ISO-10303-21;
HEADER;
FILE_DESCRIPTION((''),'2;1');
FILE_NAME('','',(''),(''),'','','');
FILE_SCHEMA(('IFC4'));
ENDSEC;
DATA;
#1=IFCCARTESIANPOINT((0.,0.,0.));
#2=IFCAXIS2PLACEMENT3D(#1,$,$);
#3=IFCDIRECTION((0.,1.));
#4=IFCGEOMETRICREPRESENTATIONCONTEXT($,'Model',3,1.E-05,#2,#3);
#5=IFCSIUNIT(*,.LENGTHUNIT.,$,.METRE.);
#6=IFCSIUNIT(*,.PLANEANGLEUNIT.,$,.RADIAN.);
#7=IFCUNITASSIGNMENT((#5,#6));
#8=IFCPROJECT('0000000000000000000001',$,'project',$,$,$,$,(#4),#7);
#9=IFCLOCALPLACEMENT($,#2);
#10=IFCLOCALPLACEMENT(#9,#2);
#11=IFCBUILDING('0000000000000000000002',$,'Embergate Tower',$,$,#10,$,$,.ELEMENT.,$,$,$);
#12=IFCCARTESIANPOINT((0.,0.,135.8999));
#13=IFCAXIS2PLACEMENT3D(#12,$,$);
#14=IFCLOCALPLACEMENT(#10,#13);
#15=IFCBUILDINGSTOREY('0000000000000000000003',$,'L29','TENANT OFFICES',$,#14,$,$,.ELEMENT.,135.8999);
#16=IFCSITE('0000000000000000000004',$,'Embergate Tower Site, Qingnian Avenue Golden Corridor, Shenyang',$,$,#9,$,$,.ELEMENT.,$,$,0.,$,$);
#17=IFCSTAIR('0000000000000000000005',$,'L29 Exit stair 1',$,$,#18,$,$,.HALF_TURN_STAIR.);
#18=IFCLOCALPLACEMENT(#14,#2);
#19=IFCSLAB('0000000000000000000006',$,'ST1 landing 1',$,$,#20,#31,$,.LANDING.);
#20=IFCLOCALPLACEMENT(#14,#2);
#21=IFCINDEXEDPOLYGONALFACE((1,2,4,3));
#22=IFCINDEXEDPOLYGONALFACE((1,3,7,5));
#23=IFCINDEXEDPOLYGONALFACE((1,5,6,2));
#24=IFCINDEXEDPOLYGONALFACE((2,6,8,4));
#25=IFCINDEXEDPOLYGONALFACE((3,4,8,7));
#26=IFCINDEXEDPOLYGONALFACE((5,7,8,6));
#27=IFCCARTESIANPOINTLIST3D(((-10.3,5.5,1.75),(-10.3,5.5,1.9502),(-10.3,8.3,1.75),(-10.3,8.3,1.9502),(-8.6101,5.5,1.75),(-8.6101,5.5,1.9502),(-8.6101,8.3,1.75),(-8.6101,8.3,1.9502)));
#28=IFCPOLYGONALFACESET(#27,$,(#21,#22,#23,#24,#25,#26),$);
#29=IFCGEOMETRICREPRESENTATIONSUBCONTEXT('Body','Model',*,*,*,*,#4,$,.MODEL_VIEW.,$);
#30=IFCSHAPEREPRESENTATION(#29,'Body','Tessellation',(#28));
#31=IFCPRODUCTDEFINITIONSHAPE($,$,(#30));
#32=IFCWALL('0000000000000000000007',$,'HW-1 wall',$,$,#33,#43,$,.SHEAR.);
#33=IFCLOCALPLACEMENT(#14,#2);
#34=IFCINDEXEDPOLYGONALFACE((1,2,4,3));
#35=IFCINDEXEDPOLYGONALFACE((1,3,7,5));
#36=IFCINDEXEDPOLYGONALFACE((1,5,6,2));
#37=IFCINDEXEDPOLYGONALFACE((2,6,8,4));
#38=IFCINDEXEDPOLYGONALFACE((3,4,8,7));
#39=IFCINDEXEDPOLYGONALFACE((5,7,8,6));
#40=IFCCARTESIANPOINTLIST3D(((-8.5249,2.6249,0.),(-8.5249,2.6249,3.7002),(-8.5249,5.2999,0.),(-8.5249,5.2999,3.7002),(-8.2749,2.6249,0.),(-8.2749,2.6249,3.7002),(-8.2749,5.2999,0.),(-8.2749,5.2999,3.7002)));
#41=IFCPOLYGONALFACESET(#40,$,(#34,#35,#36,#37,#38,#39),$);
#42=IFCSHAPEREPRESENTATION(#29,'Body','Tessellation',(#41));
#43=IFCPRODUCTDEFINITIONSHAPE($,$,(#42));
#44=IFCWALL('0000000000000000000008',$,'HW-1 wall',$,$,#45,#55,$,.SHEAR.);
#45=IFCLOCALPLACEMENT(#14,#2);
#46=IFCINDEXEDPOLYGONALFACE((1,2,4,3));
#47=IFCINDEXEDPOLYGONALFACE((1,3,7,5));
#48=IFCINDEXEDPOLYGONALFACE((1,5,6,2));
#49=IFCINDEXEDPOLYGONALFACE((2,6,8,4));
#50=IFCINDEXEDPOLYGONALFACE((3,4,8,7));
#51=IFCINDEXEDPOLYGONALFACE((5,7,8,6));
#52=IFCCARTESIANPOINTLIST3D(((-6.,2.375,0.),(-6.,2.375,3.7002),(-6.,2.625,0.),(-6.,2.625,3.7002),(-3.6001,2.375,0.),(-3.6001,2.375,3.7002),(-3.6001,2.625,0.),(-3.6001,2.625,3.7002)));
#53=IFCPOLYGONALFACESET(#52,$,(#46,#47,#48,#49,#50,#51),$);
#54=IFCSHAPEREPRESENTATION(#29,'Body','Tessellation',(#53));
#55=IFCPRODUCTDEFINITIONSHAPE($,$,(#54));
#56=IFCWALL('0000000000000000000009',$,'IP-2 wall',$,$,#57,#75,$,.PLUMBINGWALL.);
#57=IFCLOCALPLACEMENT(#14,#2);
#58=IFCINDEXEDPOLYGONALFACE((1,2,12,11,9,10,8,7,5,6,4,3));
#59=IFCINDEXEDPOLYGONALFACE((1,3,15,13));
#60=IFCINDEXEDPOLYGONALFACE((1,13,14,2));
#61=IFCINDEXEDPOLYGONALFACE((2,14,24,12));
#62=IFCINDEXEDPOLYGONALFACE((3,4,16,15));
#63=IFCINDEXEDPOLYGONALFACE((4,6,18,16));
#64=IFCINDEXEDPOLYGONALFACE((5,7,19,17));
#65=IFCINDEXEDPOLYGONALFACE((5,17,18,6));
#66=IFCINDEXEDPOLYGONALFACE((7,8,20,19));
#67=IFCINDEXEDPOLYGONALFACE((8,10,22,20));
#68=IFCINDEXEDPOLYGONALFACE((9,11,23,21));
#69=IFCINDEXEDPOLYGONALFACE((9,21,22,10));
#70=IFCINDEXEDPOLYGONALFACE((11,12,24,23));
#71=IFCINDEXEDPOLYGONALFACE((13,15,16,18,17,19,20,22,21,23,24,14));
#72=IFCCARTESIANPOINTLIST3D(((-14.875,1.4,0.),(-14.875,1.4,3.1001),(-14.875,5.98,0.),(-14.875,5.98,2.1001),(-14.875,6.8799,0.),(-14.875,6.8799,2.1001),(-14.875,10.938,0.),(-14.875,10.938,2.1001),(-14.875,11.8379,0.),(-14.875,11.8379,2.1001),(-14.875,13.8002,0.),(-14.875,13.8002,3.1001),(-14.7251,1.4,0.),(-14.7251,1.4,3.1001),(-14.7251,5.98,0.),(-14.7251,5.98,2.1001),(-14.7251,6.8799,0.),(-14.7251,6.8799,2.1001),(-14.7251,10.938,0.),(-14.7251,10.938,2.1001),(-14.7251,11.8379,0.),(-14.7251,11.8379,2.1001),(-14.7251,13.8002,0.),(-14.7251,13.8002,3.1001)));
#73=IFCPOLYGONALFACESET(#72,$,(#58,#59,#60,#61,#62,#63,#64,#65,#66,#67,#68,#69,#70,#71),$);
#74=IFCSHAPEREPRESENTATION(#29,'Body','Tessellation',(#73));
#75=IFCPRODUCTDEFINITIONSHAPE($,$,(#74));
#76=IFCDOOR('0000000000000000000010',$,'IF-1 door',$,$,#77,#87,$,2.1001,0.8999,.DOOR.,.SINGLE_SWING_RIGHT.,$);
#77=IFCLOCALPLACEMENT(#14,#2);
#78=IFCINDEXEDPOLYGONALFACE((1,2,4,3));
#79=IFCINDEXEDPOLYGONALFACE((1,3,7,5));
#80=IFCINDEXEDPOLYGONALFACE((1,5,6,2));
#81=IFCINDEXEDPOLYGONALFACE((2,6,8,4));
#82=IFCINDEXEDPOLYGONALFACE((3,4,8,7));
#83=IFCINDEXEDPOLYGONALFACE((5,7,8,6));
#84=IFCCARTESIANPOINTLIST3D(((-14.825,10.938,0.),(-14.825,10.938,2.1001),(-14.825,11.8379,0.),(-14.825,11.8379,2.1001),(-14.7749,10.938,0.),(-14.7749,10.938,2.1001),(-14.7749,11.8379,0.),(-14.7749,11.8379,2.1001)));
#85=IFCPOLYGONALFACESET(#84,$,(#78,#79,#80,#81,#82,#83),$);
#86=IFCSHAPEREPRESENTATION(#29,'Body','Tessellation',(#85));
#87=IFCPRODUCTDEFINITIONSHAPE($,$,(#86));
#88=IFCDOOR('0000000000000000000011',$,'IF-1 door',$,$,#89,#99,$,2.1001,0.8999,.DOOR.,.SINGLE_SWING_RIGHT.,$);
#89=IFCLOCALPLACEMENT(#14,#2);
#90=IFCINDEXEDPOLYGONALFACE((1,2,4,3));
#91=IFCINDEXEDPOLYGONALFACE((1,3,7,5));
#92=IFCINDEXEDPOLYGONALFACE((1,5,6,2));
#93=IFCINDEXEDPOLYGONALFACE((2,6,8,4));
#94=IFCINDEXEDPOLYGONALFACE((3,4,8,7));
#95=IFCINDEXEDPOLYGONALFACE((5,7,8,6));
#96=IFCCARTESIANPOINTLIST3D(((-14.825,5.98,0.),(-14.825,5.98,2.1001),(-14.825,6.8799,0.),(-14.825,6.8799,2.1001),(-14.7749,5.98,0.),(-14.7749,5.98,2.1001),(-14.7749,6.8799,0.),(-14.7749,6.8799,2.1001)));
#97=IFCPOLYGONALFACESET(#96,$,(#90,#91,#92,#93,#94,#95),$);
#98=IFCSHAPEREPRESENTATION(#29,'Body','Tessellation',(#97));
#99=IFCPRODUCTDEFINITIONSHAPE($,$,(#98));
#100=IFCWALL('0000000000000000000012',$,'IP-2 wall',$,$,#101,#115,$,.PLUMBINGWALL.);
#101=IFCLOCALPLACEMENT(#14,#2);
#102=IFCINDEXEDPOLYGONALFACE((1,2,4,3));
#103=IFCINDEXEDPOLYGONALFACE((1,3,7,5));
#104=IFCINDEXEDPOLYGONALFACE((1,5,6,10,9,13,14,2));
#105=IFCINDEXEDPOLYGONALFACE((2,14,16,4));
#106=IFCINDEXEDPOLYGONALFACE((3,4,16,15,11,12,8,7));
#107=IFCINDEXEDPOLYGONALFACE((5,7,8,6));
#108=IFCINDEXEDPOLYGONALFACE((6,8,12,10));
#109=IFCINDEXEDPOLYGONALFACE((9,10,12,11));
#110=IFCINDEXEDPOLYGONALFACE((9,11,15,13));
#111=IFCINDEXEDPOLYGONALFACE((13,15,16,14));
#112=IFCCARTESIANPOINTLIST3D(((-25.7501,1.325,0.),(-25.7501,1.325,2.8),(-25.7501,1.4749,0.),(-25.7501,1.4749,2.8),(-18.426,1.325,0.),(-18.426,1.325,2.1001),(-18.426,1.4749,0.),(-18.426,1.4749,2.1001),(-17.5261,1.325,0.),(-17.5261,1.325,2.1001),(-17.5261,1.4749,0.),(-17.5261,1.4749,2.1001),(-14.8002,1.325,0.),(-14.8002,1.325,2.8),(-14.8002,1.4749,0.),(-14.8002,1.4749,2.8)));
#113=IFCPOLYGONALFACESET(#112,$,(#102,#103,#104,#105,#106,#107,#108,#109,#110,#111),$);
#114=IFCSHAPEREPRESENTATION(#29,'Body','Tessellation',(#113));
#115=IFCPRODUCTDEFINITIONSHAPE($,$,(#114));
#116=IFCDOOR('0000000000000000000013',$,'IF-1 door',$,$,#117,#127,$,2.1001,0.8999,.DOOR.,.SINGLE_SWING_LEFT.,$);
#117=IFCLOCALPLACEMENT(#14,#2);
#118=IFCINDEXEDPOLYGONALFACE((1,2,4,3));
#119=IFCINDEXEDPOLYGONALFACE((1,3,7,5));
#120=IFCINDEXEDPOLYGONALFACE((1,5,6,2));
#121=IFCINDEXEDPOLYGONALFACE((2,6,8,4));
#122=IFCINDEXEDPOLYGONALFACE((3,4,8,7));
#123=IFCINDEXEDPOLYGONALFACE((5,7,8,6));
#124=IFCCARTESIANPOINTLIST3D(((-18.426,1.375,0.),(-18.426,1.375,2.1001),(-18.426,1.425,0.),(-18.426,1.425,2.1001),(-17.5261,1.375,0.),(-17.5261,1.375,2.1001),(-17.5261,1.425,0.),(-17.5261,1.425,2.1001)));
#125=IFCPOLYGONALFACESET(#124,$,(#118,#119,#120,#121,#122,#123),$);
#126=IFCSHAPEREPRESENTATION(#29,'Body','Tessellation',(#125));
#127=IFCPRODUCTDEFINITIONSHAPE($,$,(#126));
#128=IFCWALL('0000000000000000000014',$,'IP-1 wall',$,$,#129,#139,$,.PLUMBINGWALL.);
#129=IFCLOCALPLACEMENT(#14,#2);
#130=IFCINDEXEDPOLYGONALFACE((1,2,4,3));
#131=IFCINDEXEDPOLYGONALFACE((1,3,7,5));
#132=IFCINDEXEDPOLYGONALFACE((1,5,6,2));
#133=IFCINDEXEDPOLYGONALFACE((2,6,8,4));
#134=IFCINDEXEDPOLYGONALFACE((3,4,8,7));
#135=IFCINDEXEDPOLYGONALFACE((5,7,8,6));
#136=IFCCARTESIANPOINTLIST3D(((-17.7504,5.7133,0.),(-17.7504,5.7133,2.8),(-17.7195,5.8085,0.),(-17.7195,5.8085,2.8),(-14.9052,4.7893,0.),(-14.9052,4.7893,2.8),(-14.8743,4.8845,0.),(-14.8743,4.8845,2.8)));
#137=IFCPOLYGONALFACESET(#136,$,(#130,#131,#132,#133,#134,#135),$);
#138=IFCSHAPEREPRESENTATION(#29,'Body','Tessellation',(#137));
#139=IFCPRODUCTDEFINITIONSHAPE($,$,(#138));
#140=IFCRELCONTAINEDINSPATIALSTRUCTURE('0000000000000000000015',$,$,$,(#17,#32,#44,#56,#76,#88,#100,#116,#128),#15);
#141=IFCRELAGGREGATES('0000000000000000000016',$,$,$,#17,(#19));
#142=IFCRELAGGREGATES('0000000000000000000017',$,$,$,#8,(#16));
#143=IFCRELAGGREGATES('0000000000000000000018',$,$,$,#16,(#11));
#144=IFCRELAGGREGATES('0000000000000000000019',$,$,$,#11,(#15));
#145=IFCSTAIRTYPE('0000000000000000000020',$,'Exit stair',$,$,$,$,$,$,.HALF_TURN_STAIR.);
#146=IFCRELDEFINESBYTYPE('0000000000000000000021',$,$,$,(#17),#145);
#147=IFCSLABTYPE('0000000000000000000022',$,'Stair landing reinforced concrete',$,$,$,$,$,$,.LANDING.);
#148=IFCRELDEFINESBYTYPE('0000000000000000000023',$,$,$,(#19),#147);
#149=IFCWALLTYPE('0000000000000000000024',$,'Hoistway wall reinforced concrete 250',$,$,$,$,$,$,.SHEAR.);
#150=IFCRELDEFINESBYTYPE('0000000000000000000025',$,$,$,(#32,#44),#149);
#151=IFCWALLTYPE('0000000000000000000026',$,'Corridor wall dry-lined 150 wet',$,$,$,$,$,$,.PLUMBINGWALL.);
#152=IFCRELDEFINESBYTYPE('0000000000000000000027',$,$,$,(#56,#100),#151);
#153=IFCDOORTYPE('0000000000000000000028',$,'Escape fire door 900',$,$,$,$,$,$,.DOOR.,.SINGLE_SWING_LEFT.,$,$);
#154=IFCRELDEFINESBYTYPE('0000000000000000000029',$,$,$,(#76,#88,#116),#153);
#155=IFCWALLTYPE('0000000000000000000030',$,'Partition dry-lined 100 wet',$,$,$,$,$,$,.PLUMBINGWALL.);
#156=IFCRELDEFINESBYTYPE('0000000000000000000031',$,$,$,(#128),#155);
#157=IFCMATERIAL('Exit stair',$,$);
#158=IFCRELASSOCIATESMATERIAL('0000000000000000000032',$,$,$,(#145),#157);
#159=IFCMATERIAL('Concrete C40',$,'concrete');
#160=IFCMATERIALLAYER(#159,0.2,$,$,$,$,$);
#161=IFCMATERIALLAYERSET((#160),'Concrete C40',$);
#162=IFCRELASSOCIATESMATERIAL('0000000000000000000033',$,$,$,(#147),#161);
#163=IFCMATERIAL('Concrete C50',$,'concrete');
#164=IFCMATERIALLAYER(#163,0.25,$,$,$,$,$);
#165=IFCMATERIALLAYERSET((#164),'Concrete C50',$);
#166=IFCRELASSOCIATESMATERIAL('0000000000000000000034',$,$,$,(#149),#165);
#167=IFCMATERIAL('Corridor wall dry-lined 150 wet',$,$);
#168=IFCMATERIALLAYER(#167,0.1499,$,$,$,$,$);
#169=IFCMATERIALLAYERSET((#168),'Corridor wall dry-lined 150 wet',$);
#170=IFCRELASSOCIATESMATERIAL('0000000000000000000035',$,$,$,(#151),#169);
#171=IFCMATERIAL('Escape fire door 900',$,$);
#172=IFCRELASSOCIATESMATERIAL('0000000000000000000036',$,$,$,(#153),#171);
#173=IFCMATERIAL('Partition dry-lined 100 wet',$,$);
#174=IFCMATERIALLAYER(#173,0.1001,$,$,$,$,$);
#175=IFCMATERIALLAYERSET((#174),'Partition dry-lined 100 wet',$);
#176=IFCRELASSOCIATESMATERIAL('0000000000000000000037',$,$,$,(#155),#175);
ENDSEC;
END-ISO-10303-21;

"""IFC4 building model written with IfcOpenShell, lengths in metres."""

from ifc_helpers import new_model, si_unit, direction, frame, frame_2d, origin, place, context, subcontext, project, spatial, polyline, rectangle, outline, extrude, source, transform, mapped, material, layer, layer_set, type_object, element, fill, aggregate, save


model = new_model("IFC4")

# Units and contexts
model_context = context("Model", 3, precision=1e-05, world=origin(), true_north=direction((0.0, 1.0)))
body_context = subcontext(model_context, "Body", "Model", "MODEL_VIEW")
ifc_project = project(units=[si_unit("LENGTHUNIT", "METRE"), si_unit("PLANEANGLEUNIT", "RADIAN")], contexts=[model_context])

# Site, building, storey
site_placement = place(None, origin())
site = spatial("IfcSite", under=ifc_project, at=site_placement, Name="Embergate Tower Site, Qingnian Avenue Golden Corridor, Shenyang", CompositionType="ELEMENT", RefElevation=0.0)
building_placement = place(site_placement, origin())
building = spatial("IfcBuilding", under=site, at=building_placement, Name="Embergate Tower", CompositionType="ELEMENT")
storey_placement = place(building_placement, frame((0.0, 0.0, 135.8999)))
storey = spatial("IfcBuildingStorey", under=building, at=storey_placement, Name="L29", Description="TENANT OFFICES", CompositionType="ELEMENT", Elevation=135.8999)

# Stair, slab
ifc_material_1 = material(Name="Exit stair")
stair_type = type_object("IfcStairType", Name="Exit stair", PredefinedType="HALF_TURN_STAIR", material=ifc_material_1)
stair_placement = place(storey_placement, origin())
stair = element("IfcStair", 1, at=stair_placement, inside=storey, type_object=stair_type, Name="L29 Exit stair 1", PredefinedType="HALF_TURN_STAIR")
ifc_material_2 = material(Name="Concrete C40", Category="concrete")
ifc_layer_1 = layer(ifc_material_2, 0.2)
ifc_layer_set_1 = layer_set([ifc_layer_1], Name="Concrete C40")
slab_type = type_object("IfcSlabType", Name="Stair landing reinforced concrete", PredefinedType="LANDING", material=ifc_layer_set_1)
shared_shape_1 = source(origin(), body_context, "Body", "SweptSolid", [
    extrude(outline(polyline([(0.0, 0.0), (1.6899, 0.0), (1.6899, 2.8), (0.0, 2.8), (0.0, 0.0)])), origin(), (0.0, 0.0, 1.0), 0.2002),
])
slab_placement = place(storey_placement, frame((-10.3, 5.5, 1.75)))
slab = element("IfcSlab", 2, at=slab_placement, type_object=slab_type, Name="ST1 landing 1", PredefinedType="LANDING", context=body_context, shape_type="MappedRepresentation", body=[
    mapped(shared_shape_1, transform((0.0, 0.0, 0.0))),
])

# Walls
ifc_material_3 = material(Name="Concrete C50", Category="concrete")
ifc_layer_2 = layer(ifc_material_3, 0.25)
ifc_layer_set_2 = layer_set([ifc_layer_2], Name="Concrete C50")
wall_type_1 = type_object("IfcWallType", Name="Hoistway wall reinforced concrete 250", PredefinedType="SHEAR", material=ifc_layer_set_2)
shared_shape_2 = source(origin(), body_context, "Body", "SweptSolid", [
    extrude(rectangle(XDim=2.675, YDim=0.25, at=frame_2d((1.3374, 0.0))), origin(), (0.0, 0.0, 1.0), 3.7002),
])
wall_1_placement = place(storey_placement, frame((-8.3999, 2.625, 0.0), z_axis=(0.0, 0.0, 1.0), x_axis=(0.0, 1.0, 0.0)))
element("IfcWall", 3, at=wall_1_placement, inside=storey, type_object=wall_type_1, Name="HW-1 wall", PredefinedType="SHEAR", context=body_context, shape_type="MappedRepresentation", body=[
    mapped(shared_shape_2, transform((0.0, 0.0, 0.0))),
])
shared_shape_3 = source(origin(), body_context, "Body", "SweptSolid", [
    extrude(rectangle(XDim=2.3999, YDim=0.25, at=frame_2d((1.2, 0.0))), origin(), (0.0, 0.0, 1.0), 3.7002),
])
wall_2_placement = place(storey_placement, frame((-6.0, 2.5, 0.0), z_axis=(0.0, 0.0, 1.0), x_axis=(1.0, 0.0, 0.0)))
element("IfcWall", 4, at=wall_2_placement, inside=storey, type_object=wall_type_1, Name="HW-1 wall", PredefinedType="SHEAR", context=body_context, shape_type="MappedRepresentation", body=[
    mapped(shared_shape_3, transform((0.0, 0.0, 0.0))),
])

# Wall, openings, doors
ifc_material_4 = material(Name="Corridor wall dry-lined 150 wet")
ifc_layer_3 = layer(ifc_material_4, 0.1499)
ifc_layer_set_3 = layer_set([ifc_layer_3], Name="Corridor wall dry-lined 150 wet")
wall_type_2 = type_object("IfcWallType", Name="Corridor wall dry-lined 150 wet", PredefinedType="PLUMBINGWALL", material=ifc_layer_set_3)
shared_shape_4 = source(origin(), body_context, "Body", "SweptSolid", [
    extrude(rectangle(XDim=12.4001, YDim=0.1499, at=frame_2d((6.2002, 0.0))), origin(), (0.0, 0.0, 1.0), 3.1001),
])
wall_3_placement = place(storey_placement, frame((-14.8, 1.3999, 0.0), z_axis=(0.0, 0.0, 1.0), x_axis=(0.0, 1.0, 0.0)))
wall_3 = element("IfcWall", 5, at=wall_3_placement, inside=storey, type_object=wall_type_2, Name="IP-2 wall", PredefinedType="PLUMBINGWALL", context=body_context, shape_type="MappedRepresentation", body=[
    mapped(shared_shape_4, transform((0.0, 0.0, 0.0))),
])
shared_shape_5 = source(origin(), body_context, "Body", "SweptSolid", [
    extrude(rectangle(XDim=0.8999, YDim=2.1001, at=frame_2d((0.45, 1.05))), frame((0.0, 0.085, 0.0), z_axis=(0.0, -1.0, 0.0), x_axis=(1.0, 0.0, 0.0)), (0.0, 0.0, 1.0), 0.1699),
])
opening_1_placement = place(wall_3_placement, frame((9.5381, 0.0, 0.0)))
opening_1 = element("IfcOpeningElement", 6, at=opening_1_placement, cuts=wall_3, PredefinedType="OPENING", context=body_context, shape_type="MappedRepresentation", body=[
    mapped(shared_shape_5, transform((0.0, 0.0, 0.0))),
])
opening_2_placement = place(wall_3_placement, frame((4.5801, 0.0, 0.0)))
opening_2 = element("IfcOpeningElement", 7, at=opening_2_placement, cuts=wall_3, PredefinedType="OPENING", context=body_context, shape_type="MappedRepresentation", body=[
    mapped(shared_shape_5, transform((0.0, 0.0, 0.0))),
])
ifc_material_5 = material(Name="Escape fire door 900")
door_type_1 = type_object("IfcDoorType", Name="Escape fire door 900", OperationType="SINGLE_SWING_LEFT", PredefinedType="DOOR", material=ifc_material_5)
shared_shape_6 = source(origin(), body_context, "Body", "SweptSolid", [
    extrude(rectangle(XDim=0.8999, YDim=2.1001, at=frame_2d((0.45, 1.05))), frame((0.0, 0.0249, 0.0), z_axis=(0.0, -1.0, 0.0), x_axis=(1.0, 0.0, 0.0)), (0.0, 0.0, 1.0), 0.05),
])
door_1_placement = place(opening_1_placement, origin())
door_1 = element("IfcDoor", 8, at=door_1_placement, inside=storey, type_object=door_type_1, Name="IF-1 door", OperationType="SINGLE_SWING_RIGHT", OverallHeight=2.1001, OverallWidth=0.8999, PredefinedType="DOOR", context=body_context, shape_type="MappedRepresentation", body=[
    mapped(shared_shape_6, transform((0.0, 0.0, 0.0))),
])
fill(opening_1, door_1)
door_2_placement = place(opening_2_placement, origin())
door_2 = element("IfcDoor", 9, at=door_2_placement, inside=storey, type_object=door_type_1, Name="IF-1 door", OperationType="SINGLE_SWING_RIGHT", OverallHeight=2.1001, OverallWidth=0.8999, PredefinedType="DOOR", context=body_context, shape_type="MappedRepresentation", body=[
    mapped(shared_shape_6, transform((0.0, 0.0, 0.0))),
])
fill(opening_2, door_2)

# Wall, opening, door
shared_shape_7 = source(origin(), body_context, "Body", "SweptSolid", [
    extrude(rectangle(XDim=10.95, YDim=0.1499, at=frame_2d((5.4751, 0.0))), origin(), (0.0, 0.0, 1.0), 2.8),
])
wall_4_placement = place(storey_placement, frame((-14.8, 1.3999, 0.0), z_axis=(0.0, 0.0, 1.0), x_axis=(-1.0, 0.0, 0.0)))
wall_4 = element("IfcWall", 10, at=wall_4_placement, inside=storey, type_object=wall_type_2, Name="IP-2 wall", PredefinedType="PLUMBINGWALL", context=body_context, shape_type="MappedRepresentation", body=[
    mapped(shared_shape_7, transform((0.0, 0.0, 0.0))),
])
opening_3_placement = place(wall_4_placement, frame((2.7261, 0.0, 0.0)))
opening_3 = element("IfcOpeningElement", 11, at=opening_3_placement, cuts=wall_4, PredefinedType="OPENING", context=body_context, shape_type="MappedRepresentation", body=[
    mapped(shared_shape_5, transform((0.0, 0.0, 0.0))),
])
door_3_placement = place(opening_3_placement, origin())
door_3 = element("IfcDoor", 12, at=door_3_placement, inside=storey, type_object=door_type_1, Name="IF-1 door", OperationType="SINGLE_SWING_LEFT", OverallHeight=2.1001, OverallWidth=0.8999, PredefinedType="DOOR", context=body_context, shape_type="MappedRepresentation", body=[
    mapped(shared_shape_6, transform((0.0, 0.0, 0.0))),
])
fill(opening_3, door_3)

# Wall
ifc_material_6 = material(Name="Partition dry-lined 100 wet")
ifc_layer_4 = layer(ifc_material_6, 0.1001)
ifc_layer_set_4 = layer_set([ifc_layer_4], Name="Partition dry-lined 100 wet")
wall_type_3 = type_object("IfcWallType", Name="Partition dry-lined 100 wet", PredefinedType="PLUMBINGWALL", material=ifc_layer_set_4)
shared_shape_8 = source(origin(), body_context, "Body", "SweptSolid", [
    extrude(rectangle(XDim=2.9915, YDim=0.1001, at=frame_2d((1.4956, 0.0))), origin(), (0.0, 0.0, 1.0), 2.8),
])
wall_5_placement = place(storey_placement, frame((-14.8899, 4.8369, 0.0), z_axis=(0.0, 0.0, 1.0), x_axis=(-0.951095, 0.308898, 0.0)))
element("IfcWall", 13, at=wall_5_placement, inside=storey, type_object=wall_type_3, Name="IP-1 wall", PredefinedType="PLUMBINGWALL", context=body_context, shape_type="MappedRepresentation", body=[
    mapped(shared_shape_8, transform((0.0, 0.0, 0.0))),
])

aggregate(stair, [slab])

save(model, "model.ifc")
